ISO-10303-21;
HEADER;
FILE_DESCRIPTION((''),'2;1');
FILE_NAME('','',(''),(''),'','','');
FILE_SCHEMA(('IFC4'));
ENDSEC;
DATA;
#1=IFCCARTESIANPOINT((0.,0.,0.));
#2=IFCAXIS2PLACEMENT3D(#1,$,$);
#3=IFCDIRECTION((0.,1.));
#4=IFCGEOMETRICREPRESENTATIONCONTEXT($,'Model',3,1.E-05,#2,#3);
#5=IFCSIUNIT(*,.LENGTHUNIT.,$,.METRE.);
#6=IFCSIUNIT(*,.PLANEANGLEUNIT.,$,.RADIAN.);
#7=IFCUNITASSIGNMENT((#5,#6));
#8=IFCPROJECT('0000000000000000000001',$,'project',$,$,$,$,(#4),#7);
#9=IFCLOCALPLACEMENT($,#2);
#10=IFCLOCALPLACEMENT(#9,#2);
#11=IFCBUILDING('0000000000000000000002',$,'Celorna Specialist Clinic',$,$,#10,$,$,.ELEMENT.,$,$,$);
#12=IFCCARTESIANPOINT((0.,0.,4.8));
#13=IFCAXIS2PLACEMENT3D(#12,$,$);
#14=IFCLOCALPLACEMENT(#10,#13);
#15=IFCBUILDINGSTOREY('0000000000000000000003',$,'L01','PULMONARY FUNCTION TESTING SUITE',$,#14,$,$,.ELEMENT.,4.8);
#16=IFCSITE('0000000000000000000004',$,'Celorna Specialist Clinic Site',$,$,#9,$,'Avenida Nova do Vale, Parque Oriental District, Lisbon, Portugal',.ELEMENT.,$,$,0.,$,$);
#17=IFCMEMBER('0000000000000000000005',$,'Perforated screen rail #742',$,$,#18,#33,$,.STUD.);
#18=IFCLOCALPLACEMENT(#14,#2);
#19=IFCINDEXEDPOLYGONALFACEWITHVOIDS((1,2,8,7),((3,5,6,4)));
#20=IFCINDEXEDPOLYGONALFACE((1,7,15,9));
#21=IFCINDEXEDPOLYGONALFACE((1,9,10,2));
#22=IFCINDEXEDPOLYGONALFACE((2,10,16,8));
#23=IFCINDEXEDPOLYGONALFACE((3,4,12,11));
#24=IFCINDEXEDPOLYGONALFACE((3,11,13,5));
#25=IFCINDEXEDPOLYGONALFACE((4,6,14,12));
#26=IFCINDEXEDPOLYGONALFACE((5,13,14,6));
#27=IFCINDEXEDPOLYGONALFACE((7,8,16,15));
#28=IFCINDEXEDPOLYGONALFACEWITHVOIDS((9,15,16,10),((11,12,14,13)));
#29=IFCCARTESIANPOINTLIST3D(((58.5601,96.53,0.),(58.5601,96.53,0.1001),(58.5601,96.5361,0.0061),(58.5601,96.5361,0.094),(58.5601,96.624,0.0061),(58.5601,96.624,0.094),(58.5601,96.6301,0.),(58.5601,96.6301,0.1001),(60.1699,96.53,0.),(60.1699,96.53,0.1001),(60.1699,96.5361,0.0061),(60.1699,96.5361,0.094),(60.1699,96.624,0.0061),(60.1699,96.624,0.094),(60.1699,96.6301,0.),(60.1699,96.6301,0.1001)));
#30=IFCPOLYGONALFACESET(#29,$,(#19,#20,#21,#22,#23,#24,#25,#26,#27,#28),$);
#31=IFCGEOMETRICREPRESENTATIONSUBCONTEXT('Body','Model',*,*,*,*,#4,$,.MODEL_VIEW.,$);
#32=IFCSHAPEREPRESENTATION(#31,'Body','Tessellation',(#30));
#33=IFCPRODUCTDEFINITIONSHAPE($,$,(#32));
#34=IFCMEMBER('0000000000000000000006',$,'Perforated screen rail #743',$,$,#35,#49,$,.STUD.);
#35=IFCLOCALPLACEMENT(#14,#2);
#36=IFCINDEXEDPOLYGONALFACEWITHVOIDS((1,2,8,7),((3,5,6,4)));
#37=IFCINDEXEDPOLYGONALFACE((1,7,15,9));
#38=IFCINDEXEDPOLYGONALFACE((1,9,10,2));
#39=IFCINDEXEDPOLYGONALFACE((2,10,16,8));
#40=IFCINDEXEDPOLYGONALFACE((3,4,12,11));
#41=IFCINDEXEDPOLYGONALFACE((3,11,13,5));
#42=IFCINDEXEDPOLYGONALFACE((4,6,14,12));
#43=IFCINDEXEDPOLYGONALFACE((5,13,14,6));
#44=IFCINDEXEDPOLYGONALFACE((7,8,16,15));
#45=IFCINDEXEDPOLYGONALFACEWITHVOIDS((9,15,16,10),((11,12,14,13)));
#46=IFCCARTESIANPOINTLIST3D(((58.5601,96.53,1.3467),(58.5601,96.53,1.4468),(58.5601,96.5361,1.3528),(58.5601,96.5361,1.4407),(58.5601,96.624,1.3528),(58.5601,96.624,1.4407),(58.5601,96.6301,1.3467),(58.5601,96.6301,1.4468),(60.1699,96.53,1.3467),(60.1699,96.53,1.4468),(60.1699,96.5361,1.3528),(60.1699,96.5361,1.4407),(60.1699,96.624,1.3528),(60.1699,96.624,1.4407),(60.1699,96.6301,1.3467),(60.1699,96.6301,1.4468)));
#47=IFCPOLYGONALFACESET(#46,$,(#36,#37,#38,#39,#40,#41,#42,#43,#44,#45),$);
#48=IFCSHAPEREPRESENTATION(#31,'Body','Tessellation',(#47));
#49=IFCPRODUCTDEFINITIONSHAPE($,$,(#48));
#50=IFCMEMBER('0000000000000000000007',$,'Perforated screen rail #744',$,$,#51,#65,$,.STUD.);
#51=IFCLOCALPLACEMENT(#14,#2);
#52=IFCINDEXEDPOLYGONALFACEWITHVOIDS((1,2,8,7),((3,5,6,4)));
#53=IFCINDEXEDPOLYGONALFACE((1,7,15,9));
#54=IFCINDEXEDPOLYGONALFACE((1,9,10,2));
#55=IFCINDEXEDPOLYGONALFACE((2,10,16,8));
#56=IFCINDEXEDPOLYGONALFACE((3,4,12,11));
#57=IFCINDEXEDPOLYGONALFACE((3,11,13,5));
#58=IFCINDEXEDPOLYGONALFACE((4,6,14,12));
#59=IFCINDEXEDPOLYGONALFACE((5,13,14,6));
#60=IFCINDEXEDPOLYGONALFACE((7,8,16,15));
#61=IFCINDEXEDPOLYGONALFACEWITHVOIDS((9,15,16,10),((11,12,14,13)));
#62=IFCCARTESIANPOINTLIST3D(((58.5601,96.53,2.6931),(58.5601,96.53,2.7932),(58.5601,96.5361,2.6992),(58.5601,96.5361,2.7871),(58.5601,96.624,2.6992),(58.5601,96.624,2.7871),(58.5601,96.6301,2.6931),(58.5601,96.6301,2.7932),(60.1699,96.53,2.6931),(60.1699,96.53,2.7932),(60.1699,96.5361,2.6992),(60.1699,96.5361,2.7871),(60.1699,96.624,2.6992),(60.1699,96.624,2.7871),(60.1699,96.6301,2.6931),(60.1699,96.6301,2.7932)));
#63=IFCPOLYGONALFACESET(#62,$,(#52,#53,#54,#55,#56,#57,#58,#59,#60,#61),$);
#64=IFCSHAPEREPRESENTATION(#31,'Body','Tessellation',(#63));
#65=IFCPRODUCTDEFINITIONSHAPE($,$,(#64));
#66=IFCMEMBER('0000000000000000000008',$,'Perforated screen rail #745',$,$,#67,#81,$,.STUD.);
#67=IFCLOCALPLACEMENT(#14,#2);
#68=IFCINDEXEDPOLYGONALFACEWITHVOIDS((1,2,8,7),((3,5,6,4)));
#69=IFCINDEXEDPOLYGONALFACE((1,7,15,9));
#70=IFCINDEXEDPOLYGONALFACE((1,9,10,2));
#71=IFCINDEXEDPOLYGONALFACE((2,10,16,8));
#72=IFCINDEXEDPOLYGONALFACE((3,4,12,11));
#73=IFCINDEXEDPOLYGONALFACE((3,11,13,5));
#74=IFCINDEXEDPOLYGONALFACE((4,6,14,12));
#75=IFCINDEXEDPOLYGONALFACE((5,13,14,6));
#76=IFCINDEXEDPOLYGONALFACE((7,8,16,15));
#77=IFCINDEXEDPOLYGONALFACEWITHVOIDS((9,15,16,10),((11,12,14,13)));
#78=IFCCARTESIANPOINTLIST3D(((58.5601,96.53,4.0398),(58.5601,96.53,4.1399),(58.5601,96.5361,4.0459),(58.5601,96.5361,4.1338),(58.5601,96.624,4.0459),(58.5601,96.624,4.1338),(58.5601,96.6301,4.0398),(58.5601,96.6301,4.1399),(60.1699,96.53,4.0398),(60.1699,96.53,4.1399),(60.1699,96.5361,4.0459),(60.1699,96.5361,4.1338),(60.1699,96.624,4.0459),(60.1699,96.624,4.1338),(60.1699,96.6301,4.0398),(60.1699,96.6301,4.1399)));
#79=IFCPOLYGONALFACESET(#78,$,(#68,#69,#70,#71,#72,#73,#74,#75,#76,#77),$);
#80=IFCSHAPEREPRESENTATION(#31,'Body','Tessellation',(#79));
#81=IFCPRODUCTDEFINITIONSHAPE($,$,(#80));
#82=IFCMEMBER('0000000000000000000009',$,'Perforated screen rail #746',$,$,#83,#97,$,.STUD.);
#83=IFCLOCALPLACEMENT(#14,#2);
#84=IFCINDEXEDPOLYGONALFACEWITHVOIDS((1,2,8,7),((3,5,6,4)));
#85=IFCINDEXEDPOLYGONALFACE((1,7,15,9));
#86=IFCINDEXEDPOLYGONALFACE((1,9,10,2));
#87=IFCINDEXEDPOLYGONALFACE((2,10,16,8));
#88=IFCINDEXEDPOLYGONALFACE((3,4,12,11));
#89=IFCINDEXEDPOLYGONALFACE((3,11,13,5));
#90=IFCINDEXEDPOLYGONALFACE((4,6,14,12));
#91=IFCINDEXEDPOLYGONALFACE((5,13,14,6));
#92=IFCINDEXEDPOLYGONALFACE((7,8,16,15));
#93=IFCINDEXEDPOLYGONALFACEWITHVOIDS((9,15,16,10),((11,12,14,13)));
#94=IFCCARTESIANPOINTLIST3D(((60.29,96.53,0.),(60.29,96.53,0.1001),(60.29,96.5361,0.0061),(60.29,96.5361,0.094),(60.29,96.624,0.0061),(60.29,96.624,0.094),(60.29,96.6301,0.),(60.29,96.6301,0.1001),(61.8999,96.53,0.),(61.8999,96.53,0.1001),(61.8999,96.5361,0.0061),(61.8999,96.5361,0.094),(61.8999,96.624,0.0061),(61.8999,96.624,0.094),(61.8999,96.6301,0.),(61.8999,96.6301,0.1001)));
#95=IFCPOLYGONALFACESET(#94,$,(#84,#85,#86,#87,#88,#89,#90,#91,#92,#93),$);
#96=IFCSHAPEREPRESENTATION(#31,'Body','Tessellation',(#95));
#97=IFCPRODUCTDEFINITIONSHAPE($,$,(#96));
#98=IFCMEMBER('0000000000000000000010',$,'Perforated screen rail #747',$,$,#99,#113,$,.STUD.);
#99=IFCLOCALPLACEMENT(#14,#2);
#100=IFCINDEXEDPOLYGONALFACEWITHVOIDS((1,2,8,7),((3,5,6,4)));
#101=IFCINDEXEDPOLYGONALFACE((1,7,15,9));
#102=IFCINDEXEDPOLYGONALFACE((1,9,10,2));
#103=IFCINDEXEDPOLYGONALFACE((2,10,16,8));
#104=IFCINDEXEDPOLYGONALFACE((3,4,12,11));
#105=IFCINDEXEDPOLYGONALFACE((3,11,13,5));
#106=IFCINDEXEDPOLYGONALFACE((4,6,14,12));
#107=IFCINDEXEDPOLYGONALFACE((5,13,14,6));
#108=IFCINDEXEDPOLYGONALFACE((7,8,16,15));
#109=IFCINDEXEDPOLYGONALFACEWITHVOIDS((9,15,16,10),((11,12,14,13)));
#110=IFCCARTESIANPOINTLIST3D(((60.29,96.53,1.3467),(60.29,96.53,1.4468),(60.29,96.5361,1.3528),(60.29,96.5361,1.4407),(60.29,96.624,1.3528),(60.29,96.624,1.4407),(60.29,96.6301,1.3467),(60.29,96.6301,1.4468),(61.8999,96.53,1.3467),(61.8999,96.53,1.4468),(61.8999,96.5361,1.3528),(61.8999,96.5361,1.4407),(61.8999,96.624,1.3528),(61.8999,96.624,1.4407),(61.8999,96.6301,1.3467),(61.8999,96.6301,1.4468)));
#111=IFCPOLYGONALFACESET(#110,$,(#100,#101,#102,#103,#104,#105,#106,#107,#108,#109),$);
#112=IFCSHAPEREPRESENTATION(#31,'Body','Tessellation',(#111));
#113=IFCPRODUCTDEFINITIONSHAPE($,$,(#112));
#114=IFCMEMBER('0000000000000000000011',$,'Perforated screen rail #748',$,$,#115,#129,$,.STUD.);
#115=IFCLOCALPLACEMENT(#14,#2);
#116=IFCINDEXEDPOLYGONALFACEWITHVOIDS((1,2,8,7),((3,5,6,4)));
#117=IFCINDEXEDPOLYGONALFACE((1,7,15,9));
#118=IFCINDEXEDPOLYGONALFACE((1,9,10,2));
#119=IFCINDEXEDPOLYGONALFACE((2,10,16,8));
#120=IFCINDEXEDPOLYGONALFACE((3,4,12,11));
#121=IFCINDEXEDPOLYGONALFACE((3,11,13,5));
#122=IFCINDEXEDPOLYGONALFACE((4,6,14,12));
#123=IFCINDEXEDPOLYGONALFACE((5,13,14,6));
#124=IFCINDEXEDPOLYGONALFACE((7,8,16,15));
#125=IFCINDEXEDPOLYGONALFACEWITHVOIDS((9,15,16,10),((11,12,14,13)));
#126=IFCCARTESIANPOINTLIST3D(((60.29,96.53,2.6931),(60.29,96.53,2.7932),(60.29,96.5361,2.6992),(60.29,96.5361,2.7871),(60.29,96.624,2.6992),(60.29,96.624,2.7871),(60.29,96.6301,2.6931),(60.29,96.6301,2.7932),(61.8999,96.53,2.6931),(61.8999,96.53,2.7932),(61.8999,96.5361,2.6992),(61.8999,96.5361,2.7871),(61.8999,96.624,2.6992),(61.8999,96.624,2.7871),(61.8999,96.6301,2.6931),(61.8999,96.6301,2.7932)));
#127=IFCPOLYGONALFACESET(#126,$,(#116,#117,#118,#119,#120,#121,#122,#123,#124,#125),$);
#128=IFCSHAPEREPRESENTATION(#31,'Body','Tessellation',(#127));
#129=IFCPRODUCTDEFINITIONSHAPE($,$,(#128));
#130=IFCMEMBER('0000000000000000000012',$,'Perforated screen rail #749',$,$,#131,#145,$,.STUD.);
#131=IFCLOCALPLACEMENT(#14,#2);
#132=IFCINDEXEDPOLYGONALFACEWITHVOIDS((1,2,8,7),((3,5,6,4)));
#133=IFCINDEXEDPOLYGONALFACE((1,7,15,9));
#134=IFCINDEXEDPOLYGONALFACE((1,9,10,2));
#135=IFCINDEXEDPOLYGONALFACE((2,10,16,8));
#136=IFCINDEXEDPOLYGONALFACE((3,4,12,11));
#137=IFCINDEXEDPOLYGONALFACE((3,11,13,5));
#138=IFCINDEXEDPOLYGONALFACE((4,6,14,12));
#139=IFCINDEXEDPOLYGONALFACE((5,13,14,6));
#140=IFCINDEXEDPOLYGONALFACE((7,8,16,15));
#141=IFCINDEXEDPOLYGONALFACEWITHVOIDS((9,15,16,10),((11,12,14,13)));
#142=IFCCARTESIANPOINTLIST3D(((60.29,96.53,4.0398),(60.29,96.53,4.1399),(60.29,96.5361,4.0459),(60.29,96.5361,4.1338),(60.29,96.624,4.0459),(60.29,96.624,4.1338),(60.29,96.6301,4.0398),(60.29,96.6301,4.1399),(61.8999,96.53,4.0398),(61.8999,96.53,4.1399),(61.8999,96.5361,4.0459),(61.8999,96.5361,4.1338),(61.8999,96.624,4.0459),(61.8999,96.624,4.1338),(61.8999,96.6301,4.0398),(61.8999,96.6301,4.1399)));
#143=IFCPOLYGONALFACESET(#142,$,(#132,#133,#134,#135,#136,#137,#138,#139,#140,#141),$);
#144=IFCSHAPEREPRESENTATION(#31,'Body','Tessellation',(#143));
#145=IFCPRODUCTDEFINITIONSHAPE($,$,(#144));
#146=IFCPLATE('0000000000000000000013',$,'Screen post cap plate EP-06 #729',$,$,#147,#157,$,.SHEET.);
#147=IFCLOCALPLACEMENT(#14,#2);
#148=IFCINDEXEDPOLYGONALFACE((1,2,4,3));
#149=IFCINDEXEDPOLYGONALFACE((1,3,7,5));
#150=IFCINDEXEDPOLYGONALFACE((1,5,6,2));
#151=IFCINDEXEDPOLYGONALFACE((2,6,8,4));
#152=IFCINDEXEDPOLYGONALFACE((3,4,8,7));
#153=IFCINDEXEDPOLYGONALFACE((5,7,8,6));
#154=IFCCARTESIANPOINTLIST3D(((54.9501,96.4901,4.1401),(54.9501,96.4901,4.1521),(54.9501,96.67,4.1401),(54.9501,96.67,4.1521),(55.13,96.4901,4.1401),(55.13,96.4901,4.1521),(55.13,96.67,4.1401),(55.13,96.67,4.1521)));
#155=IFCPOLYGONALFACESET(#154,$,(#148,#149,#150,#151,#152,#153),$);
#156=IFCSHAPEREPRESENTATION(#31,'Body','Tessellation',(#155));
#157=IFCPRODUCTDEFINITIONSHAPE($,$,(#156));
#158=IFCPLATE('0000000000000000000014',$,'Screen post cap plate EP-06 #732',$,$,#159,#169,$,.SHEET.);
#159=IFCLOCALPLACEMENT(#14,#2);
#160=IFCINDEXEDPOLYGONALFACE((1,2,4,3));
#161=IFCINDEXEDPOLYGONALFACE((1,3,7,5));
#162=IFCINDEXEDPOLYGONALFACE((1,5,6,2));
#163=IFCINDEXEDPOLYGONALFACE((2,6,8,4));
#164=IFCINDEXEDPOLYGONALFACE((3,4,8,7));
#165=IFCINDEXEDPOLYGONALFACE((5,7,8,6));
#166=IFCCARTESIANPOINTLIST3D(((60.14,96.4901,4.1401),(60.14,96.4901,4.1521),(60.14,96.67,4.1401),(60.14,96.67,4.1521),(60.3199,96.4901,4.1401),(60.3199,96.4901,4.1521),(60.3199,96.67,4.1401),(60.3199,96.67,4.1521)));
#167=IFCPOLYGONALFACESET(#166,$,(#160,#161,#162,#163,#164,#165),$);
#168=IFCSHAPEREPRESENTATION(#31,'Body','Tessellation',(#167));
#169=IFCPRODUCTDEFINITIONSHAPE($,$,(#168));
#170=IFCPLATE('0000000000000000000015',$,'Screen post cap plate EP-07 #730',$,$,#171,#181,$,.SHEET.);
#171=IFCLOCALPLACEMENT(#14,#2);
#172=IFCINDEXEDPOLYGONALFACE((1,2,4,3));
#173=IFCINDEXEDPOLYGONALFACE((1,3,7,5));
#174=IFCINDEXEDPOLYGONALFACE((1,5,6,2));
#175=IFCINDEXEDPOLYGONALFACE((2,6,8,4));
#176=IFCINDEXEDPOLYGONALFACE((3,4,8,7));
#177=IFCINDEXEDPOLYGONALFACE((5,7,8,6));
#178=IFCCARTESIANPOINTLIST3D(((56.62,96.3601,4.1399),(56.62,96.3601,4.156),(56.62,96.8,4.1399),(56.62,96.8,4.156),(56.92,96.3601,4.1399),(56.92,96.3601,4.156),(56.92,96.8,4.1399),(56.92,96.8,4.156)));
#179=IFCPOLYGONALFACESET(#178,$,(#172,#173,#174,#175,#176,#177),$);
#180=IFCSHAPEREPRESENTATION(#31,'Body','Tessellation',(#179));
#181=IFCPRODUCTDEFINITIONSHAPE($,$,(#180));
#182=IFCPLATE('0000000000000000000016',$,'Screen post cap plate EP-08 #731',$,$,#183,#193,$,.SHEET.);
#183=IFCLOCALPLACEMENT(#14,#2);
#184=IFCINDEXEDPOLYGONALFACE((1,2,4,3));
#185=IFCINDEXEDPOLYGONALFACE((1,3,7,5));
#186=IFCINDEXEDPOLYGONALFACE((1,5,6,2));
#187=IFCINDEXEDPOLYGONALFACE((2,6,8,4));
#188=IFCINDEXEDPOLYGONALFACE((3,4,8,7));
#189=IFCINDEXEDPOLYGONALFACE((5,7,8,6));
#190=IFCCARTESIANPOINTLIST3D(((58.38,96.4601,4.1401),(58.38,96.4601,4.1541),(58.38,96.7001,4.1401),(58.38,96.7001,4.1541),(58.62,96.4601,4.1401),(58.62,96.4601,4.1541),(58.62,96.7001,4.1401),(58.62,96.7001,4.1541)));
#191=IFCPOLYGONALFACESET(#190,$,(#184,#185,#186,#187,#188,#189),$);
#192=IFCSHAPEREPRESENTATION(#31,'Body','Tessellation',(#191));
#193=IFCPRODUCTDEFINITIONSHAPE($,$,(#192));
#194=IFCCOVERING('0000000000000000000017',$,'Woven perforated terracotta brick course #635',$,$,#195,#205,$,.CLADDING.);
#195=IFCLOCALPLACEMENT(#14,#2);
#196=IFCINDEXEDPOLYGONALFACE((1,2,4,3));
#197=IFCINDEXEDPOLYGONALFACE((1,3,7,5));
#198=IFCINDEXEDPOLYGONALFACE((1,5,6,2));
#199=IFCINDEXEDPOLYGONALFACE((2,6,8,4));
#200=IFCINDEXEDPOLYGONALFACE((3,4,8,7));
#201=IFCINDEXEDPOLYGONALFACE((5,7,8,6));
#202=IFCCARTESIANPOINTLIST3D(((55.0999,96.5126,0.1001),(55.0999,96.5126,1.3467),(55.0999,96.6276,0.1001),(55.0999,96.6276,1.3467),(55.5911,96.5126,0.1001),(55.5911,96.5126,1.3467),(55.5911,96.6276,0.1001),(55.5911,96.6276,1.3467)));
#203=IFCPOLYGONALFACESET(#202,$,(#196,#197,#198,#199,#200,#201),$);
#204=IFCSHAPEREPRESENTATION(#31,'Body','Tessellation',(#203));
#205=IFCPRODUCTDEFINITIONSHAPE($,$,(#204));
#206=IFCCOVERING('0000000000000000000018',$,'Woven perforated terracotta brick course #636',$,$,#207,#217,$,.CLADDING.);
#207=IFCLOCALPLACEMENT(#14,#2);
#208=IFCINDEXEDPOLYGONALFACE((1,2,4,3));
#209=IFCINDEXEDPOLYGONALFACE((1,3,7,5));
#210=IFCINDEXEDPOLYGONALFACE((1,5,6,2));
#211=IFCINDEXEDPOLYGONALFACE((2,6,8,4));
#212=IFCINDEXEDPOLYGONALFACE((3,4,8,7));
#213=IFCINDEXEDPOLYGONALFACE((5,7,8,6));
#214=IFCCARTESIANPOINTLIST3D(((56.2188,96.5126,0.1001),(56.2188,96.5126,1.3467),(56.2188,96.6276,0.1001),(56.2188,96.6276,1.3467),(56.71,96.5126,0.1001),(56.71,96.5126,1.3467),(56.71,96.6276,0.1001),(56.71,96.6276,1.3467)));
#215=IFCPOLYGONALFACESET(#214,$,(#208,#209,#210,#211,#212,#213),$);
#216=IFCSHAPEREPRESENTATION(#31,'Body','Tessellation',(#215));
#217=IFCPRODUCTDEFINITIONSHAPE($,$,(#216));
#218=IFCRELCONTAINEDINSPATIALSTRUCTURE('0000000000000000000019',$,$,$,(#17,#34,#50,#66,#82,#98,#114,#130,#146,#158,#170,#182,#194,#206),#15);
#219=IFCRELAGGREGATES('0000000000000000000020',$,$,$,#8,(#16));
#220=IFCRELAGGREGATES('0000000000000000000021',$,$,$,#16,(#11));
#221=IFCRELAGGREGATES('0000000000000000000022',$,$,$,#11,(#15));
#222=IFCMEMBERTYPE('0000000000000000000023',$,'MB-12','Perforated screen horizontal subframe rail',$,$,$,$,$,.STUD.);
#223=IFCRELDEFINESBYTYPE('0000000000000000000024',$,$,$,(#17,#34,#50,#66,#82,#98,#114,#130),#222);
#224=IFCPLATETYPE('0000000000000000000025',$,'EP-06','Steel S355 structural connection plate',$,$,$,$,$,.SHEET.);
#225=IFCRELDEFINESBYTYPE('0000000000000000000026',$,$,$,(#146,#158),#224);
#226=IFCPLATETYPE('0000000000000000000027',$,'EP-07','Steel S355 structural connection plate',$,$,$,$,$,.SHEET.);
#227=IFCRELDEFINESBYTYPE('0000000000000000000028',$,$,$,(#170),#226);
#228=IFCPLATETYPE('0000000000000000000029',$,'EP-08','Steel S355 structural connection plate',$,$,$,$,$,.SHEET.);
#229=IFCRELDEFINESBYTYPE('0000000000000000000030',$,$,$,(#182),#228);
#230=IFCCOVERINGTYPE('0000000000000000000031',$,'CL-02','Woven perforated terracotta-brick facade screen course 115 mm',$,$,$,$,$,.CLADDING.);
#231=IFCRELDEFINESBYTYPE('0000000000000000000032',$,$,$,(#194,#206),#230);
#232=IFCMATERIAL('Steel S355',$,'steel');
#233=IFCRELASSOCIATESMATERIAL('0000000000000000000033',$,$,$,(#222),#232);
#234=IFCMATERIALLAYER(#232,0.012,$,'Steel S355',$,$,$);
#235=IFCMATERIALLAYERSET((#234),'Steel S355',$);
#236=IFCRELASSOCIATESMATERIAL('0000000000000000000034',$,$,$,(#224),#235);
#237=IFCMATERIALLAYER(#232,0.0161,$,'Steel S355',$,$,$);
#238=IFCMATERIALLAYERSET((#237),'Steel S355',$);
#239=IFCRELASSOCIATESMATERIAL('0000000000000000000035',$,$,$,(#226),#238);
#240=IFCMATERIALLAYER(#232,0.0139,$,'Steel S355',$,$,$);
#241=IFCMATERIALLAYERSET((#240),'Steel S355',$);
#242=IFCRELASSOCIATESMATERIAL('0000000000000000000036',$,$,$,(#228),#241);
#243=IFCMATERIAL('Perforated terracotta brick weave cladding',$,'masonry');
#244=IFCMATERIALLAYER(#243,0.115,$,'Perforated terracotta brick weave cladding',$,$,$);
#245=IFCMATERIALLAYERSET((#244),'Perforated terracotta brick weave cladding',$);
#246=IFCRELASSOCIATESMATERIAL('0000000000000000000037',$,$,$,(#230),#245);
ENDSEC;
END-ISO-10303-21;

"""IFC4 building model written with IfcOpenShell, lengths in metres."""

from ifc_helpers import new_model, si_unit, direction, frame, origin, origin_2d, place, context, subcontext, project, spatial, rectangle, hollow_rectangle, extrude, material, layer, layer_set, material_profile, profile_set, type_object, element, save


model = new_model("IFC4")

# Units and contexts
model_context = context("Model", 3, precision=1e-05, world=origin(), true_north=direction((0.0, 1.0)))
body_context = subcontext(model_context, "Body", "Model", "MODEL_VIEW")
ifc_project = project(units=[si_unit("LENGTHUNIT", "METRE"), si_unit("PLANEANGLEUNIT", "RADIAN")], contexts=[model_context])

# Site, building, storey
site_placement = place(None, origin())
site = spatial("IfcSite", under=ifc_project, at=site_placement, Name="Celorna Specialist Clinic Site", LongName="Avenida Nova do Vale, Parque Oriental District, Lisbon, Portugal", CompositionType="ELEMENT", RefElevation=0.0)
building_placement = place(site_placement, origin())
building = spatial("IfcBuilding", under=site, at=building_placement, Name="Celorna Specialist Clinic", CompositionType="ELEMENT")
storey_placement = place(building_placement, frame((0.0, 0.0, 4.8)))
storey = spatial("IfcBuildingStorey", under=building, at=storey_placement, Name="L01", Description="PULMONARY FUNCTION TESTING SUITE", CompositionType="ELEMENT", Elevation=4.8)

# Shared definitions
ifc_material_1 = material(Name="Steel S355", Category="steel")

# Members
ifc_material_profile_1 = material_profile(ifc_material_1, hollow_rectangle(XDim=0.1001, YDim=0.1001, WallThickness=0.0061, at=origin_2d()), Name="SHS 100x100x6")
ifc_profile_set_1 = profile_set([ifc_material_profile_1], Name="Steel S355")
member_type_1 = type_object("IfcMemberType", Name="MB-12", Description="Perforated screen horizontal subframe rail", PredefinedType="STUD", material=ifc_profile_set_1)
for number, where, z_axis, x_axis, name in (
    (1, (58.5601, 96.5801, 0.05), (1.0, 0.0, 0.0), (0.0, 1.0, 0.0), "Perforated screen rail #742"),
    (2, (58.5601, 96.5801, 1.3967), (1.0, 0.0, 0.0), (0.0, 1.0, 0.0), "Perforated screen rail #743"),
    (3, (58.5601, 96.5801, 2.7432), (1.0, 0.0, 0.0), (0.0, 1.0, 0.0), "Perforated screen rail #744"),
    (4, (58.5601, 96.5801, 4.0898), (1.0, 0.0, 0.0), (0.0, 1.0, 0.0), "Perforated screen rail #745"),
    (5, (60.29, 96.5801, 0.05), (1.0, 0.0, 0.0), (0.0, 1.0, 0.0), "Perforated screen rail #746"),
    (6, (60.29, 96.5801, 1.3967), (1.0, 0.0, 0.0), (0.0, 1.0, 0.0), "Perforated screen rail #747"),
    (7, (60.29, 96.5801, 2.7432), (1.0, 0.0, 0.0), (0.0, 1.0, 0.0), "Perforated screen rail #748"),
    (8, (60.29, 96.5801, 4.0898), (1.0, 0.0, 0.0), (0.0, 1.0, 0.0), "Perforated screen rail #749"),
):
    element("IfcMember", number, at=place(storey_placement, frame(where, z_axis=z_axis, x_axis=x_axis)), inside=storey, type_object=member_type_1, Name=name, PredefinedType="STUD", context=body_context, shape_type="SweptSolid", body=[
        extrude(hollow_rectangle(XDim=0.1001, YDim=0.1001, WallThickness=0.0061, at=origin_2d()), origin(), (0.0, 0.0, 1.0), 1.6099),
    ])

# Plates
ifc_layer_1 = layer(ifc_material_1, 0.012, Name="Steel S355")
ifc_layer_set_1 = layer_set([ifc_layer_1], Name="Steel S355")
plate_type_1 = type_object("IfcPlateType", Name="EP-06", Description="Steel S355 structural connection plate", PredefinedType="SHEET", material=ifc_layer_set_1)
for number, where, z_axis, x_axis, name in (
    (9, (55.04, 96.5801, 4.1401), (0.0, 0.0, 1.0), (1.0, 0.0, 0.0), "Screen post cap plate EP-06 #729"),
    (10, (60.23, 96.5801, 4.1401), (0.0, 0.0, 1.0), (1.0, 0.0, 0.0), "Screen post cap plate EP-06 #732"),
):
    element("IfcPlate", number, at=place(storey_placement, frame(where, z_axis=z_axis, x_axis=x_axis)), inside=storey, type_object=plate_type_1, Name=name, PredefinedType="SHEET", context=body_context, shape_type="SweptSolid", body=[
        extrude(rectangle(XDim=0.1799, YDim=0.1799, at=origin_2d()), origin(), (0.0, 0.0, 1.0), 0.012),
    ])
ifc_layer_2 = layer(ifc_material_1, 0.0161, Name="Steel S355")
ifc_layer_set_2 = layer_set([ifc_layer_2], Name="Steel S355")
plate_type_2 = type_object("IfcPlateType", Name="EP-07", Description="Steel S355 structural connection plate", PredefinedType="SHEET", material=ifc_layer_set_2)
plate_1_placement = place(storey_placement, frame((56.77, 96.5801, 4.1399), z_axis=(0.0, 0.0, 1.0), x_axis=(1.0, 0.0, 0.0)))
element("IfcPlate", 11, at=plate_1_placement, inside=storey, type_object=plate_type_2, Name="Screen post cap plate EP-07 #730", PredefinedType="SHEET", context=body_context, shape_type="SweptSolid", body=[
    extrude(rectangle(XDim=0.3, YDim=0.4399, at=origin_2d()), origin(), (0.0, 0.0, 1.0), 0.0161),
])
ifc_layer_3 = layer(ifc_material_1, 0.0139, Name="Steel S355")
ifc_layer_set_3 = layer_set([ifc_layer_3], Name="Steel S355")
plate_type_3 = type_object("IfcPlateType", Name="EP-08", Description="Steel S355 structural connection plate", PredefinedType="SHEET", material=ifc_layer_set_3)
plate_2_placement = place(storey_placement, frame((58.5, 96.5801, 4.1401), z_axis=(0.0, 0.0, 1.0), x_axis=(1.0, 0.0, 0.0)))
element("IfcPlate", 12, at=plate_2_placement, inside=storey, type_object=plate_type_3, Name="Screen post cap plate EP-08 #731", PredefinedType="SHEET", context=body_context, shape_type="SweptSolid", body=[
    extrude(rectangle(XDim=0.24, YDim=0.24, at=origin_2d()), origin(), (0.0, 0.0, 1.0), 0.0139),
])

# Coverings
ifc_material_2 = material(Name="Perforated terracotta brick weave cladding", Category="masonry")
ifc_layer_4 = layer(ifc_material_2, 0.115, Name="Perforated terracotta brick weave cladding")
ifc_layer_set_4 = layer_set([ifc_layer_4], Name="Perforated terracotta brick weave cladding")
covering_type = type_object("IfcCoveringType", Name="CL-02", Description="Woven perforated terracotta-brick facade screen course 115 mm", PredefinedType="CLADDING", material=ifc_layer_set_4)
for number, where, z_axis, x_axis, name in (
    (13, (55.3455, 96.5701, 0.1001), (0.0, 0.0, 1.0), (1.0, 0.0, 0.0), "Woven perforated terracotta brick course #635"),
    (14, (56.4644, 96.5701, 0.1001), (0.0, 0.0, 1.0), (1.0, 0.0, 0.0), "Woven perforated terracotta brick course #636"),
):
    element("IfcCovering", number, at=place(storey_placement, frame(where, z_axis=z_axis, x_axis=x_axis)), inside=storey, type_object=covering_type, Name=name, PredefinedType="CLADDING", context=body_context, shape_type="SweptSolid", body=[
        extrude(rectangle(XDim=0.4912, YDim=0.115, at=origin_2d()), origin(), (0.0, 0.0, 1.0), 1.2466),
    ])

save(model, "model.ifc")
